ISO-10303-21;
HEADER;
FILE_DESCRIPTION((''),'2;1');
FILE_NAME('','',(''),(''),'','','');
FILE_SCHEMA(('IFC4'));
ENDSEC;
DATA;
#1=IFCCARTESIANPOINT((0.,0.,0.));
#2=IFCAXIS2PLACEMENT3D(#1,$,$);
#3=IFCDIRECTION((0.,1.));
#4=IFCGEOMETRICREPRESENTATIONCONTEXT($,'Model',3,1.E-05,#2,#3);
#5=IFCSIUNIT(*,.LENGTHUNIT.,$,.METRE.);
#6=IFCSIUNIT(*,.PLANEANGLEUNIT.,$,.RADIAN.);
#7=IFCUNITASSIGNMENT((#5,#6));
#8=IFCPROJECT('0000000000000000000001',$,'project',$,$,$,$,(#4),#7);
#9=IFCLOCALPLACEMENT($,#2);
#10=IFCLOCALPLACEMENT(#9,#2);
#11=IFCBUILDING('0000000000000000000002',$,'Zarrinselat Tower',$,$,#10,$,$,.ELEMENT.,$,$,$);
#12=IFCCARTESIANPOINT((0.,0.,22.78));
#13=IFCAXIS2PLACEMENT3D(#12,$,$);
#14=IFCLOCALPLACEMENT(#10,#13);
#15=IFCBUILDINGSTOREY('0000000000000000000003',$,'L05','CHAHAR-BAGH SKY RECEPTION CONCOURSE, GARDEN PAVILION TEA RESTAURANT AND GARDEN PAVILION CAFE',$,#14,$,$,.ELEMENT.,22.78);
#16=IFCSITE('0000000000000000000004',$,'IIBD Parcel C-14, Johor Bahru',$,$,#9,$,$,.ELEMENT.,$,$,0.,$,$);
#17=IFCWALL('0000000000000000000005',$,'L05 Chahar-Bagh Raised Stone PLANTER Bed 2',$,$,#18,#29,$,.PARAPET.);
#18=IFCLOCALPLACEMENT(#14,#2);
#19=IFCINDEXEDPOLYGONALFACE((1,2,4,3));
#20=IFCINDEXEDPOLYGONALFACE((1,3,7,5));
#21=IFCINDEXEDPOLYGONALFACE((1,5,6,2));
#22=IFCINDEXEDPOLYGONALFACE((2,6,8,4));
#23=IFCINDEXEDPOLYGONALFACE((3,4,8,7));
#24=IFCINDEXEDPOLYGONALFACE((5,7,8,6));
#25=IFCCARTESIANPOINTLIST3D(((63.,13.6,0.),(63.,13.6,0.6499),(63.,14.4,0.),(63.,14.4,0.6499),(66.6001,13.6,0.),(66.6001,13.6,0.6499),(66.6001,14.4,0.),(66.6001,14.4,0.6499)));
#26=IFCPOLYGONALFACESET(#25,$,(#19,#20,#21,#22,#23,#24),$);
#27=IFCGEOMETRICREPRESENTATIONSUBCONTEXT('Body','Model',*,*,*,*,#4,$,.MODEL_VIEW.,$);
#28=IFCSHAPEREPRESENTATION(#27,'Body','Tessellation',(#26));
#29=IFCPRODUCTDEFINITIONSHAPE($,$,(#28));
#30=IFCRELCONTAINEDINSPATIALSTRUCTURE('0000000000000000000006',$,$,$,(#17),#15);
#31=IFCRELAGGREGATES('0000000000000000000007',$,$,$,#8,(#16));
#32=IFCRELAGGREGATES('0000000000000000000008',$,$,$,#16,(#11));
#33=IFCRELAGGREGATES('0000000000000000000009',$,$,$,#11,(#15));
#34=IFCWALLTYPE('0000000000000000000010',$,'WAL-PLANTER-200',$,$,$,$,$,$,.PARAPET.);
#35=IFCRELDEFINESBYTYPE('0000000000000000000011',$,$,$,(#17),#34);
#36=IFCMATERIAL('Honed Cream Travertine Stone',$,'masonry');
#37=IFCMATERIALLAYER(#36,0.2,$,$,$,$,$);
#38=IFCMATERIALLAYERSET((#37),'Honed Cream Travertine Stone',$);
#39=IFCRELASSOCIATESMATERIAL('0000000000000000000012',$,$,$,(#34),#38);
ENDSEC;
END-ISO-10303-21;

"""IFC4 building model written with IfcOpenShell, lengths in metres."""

from ifc_helpers import new_model, si_unit, direction, frame, frame_2d, origin, place, context, subcontext, project, spatial, rectangle, extrude, material, layer, layer_set, type_object, element, save


model = new_model("IFC4")

# Units and contexts
model_context = context("Model", 3, precision=1e-05, world=origin(), true_north=direction((0.0, 1.0)))
body_context = subcontext(model_context, "Body", "Model", "MODEL_VIEW")
ifc_project = project(units=[si_unit("LENGTHUNIT", "METRE"), si_unit("PLANEANGLEUNIT", "RADIAN")], contexts=[model_context])

# Site, building, storey
site_placement = place(None, origin())
site = spatial("IfcSite", under=ifc_project, at=site_placement, Name="IIBD Parcel C-14, Johor Bahru", CompositionType="ELEMENT", RefElevation=0.0)
building_placement = place(site_placement, origin())
building = spatial("IfcBuilding", under=site, at=building_placement, Name="Zarrinselat Tower", CompositionType="ELEMENT")
storey_placement = place(building_placement, frame((0.0, 0.0, 22.78)))
storey = spatial("IfcBuildingStorey", under=building, at=storey_placement, Name="L05", Description="CHAHAR-BAGH SKY RECEPTION CONCOURSE, GARDEN PAVILION TEA RESTAURANT AND GARDEN PAVILION CAFE", CompositionType="ELEMENT", Elevation=22.78)

# Wall
ifc_material_1 = material(Name="Honed Cream Travertine Stone", Category="masonry")
ifc_layer_1 = layer(ifc_material_1, 0.2)
ifc_layer_set_1 = layer_set([ifc_layer_1], Name="Honed Cream Travertine Stone")
wall_type_1 = type_object("IfcWallType", Name="WAL-PLANTER-200", PredefinedType="PARAPET", material=ifc_layer_set_1)
wall_1_placement = place(storey_placement, frame((63.0, 14.0, 0.0), z_axis=(0.0, 0.0, 1.0), x_axis=(1.0, 0.0, 0.0)))
element("IfcWall", 1, at=wall_1_placement, inside=storey, type_object=wall_type_1, Name="L05 Chahar-Bagh Raised Stone PLANTER Bed 2", PredefinedType="PARAPET", context=body_context, shape_type="SweptSolid", body=[
    extrude(rectangle(XDim=3.6001, YDim=0.8, at=frame_2d((1.8, 0.0))), origin(), (0.0, 0.0, 1.0), 0.6499),
])

save(model, "model.ifc")
